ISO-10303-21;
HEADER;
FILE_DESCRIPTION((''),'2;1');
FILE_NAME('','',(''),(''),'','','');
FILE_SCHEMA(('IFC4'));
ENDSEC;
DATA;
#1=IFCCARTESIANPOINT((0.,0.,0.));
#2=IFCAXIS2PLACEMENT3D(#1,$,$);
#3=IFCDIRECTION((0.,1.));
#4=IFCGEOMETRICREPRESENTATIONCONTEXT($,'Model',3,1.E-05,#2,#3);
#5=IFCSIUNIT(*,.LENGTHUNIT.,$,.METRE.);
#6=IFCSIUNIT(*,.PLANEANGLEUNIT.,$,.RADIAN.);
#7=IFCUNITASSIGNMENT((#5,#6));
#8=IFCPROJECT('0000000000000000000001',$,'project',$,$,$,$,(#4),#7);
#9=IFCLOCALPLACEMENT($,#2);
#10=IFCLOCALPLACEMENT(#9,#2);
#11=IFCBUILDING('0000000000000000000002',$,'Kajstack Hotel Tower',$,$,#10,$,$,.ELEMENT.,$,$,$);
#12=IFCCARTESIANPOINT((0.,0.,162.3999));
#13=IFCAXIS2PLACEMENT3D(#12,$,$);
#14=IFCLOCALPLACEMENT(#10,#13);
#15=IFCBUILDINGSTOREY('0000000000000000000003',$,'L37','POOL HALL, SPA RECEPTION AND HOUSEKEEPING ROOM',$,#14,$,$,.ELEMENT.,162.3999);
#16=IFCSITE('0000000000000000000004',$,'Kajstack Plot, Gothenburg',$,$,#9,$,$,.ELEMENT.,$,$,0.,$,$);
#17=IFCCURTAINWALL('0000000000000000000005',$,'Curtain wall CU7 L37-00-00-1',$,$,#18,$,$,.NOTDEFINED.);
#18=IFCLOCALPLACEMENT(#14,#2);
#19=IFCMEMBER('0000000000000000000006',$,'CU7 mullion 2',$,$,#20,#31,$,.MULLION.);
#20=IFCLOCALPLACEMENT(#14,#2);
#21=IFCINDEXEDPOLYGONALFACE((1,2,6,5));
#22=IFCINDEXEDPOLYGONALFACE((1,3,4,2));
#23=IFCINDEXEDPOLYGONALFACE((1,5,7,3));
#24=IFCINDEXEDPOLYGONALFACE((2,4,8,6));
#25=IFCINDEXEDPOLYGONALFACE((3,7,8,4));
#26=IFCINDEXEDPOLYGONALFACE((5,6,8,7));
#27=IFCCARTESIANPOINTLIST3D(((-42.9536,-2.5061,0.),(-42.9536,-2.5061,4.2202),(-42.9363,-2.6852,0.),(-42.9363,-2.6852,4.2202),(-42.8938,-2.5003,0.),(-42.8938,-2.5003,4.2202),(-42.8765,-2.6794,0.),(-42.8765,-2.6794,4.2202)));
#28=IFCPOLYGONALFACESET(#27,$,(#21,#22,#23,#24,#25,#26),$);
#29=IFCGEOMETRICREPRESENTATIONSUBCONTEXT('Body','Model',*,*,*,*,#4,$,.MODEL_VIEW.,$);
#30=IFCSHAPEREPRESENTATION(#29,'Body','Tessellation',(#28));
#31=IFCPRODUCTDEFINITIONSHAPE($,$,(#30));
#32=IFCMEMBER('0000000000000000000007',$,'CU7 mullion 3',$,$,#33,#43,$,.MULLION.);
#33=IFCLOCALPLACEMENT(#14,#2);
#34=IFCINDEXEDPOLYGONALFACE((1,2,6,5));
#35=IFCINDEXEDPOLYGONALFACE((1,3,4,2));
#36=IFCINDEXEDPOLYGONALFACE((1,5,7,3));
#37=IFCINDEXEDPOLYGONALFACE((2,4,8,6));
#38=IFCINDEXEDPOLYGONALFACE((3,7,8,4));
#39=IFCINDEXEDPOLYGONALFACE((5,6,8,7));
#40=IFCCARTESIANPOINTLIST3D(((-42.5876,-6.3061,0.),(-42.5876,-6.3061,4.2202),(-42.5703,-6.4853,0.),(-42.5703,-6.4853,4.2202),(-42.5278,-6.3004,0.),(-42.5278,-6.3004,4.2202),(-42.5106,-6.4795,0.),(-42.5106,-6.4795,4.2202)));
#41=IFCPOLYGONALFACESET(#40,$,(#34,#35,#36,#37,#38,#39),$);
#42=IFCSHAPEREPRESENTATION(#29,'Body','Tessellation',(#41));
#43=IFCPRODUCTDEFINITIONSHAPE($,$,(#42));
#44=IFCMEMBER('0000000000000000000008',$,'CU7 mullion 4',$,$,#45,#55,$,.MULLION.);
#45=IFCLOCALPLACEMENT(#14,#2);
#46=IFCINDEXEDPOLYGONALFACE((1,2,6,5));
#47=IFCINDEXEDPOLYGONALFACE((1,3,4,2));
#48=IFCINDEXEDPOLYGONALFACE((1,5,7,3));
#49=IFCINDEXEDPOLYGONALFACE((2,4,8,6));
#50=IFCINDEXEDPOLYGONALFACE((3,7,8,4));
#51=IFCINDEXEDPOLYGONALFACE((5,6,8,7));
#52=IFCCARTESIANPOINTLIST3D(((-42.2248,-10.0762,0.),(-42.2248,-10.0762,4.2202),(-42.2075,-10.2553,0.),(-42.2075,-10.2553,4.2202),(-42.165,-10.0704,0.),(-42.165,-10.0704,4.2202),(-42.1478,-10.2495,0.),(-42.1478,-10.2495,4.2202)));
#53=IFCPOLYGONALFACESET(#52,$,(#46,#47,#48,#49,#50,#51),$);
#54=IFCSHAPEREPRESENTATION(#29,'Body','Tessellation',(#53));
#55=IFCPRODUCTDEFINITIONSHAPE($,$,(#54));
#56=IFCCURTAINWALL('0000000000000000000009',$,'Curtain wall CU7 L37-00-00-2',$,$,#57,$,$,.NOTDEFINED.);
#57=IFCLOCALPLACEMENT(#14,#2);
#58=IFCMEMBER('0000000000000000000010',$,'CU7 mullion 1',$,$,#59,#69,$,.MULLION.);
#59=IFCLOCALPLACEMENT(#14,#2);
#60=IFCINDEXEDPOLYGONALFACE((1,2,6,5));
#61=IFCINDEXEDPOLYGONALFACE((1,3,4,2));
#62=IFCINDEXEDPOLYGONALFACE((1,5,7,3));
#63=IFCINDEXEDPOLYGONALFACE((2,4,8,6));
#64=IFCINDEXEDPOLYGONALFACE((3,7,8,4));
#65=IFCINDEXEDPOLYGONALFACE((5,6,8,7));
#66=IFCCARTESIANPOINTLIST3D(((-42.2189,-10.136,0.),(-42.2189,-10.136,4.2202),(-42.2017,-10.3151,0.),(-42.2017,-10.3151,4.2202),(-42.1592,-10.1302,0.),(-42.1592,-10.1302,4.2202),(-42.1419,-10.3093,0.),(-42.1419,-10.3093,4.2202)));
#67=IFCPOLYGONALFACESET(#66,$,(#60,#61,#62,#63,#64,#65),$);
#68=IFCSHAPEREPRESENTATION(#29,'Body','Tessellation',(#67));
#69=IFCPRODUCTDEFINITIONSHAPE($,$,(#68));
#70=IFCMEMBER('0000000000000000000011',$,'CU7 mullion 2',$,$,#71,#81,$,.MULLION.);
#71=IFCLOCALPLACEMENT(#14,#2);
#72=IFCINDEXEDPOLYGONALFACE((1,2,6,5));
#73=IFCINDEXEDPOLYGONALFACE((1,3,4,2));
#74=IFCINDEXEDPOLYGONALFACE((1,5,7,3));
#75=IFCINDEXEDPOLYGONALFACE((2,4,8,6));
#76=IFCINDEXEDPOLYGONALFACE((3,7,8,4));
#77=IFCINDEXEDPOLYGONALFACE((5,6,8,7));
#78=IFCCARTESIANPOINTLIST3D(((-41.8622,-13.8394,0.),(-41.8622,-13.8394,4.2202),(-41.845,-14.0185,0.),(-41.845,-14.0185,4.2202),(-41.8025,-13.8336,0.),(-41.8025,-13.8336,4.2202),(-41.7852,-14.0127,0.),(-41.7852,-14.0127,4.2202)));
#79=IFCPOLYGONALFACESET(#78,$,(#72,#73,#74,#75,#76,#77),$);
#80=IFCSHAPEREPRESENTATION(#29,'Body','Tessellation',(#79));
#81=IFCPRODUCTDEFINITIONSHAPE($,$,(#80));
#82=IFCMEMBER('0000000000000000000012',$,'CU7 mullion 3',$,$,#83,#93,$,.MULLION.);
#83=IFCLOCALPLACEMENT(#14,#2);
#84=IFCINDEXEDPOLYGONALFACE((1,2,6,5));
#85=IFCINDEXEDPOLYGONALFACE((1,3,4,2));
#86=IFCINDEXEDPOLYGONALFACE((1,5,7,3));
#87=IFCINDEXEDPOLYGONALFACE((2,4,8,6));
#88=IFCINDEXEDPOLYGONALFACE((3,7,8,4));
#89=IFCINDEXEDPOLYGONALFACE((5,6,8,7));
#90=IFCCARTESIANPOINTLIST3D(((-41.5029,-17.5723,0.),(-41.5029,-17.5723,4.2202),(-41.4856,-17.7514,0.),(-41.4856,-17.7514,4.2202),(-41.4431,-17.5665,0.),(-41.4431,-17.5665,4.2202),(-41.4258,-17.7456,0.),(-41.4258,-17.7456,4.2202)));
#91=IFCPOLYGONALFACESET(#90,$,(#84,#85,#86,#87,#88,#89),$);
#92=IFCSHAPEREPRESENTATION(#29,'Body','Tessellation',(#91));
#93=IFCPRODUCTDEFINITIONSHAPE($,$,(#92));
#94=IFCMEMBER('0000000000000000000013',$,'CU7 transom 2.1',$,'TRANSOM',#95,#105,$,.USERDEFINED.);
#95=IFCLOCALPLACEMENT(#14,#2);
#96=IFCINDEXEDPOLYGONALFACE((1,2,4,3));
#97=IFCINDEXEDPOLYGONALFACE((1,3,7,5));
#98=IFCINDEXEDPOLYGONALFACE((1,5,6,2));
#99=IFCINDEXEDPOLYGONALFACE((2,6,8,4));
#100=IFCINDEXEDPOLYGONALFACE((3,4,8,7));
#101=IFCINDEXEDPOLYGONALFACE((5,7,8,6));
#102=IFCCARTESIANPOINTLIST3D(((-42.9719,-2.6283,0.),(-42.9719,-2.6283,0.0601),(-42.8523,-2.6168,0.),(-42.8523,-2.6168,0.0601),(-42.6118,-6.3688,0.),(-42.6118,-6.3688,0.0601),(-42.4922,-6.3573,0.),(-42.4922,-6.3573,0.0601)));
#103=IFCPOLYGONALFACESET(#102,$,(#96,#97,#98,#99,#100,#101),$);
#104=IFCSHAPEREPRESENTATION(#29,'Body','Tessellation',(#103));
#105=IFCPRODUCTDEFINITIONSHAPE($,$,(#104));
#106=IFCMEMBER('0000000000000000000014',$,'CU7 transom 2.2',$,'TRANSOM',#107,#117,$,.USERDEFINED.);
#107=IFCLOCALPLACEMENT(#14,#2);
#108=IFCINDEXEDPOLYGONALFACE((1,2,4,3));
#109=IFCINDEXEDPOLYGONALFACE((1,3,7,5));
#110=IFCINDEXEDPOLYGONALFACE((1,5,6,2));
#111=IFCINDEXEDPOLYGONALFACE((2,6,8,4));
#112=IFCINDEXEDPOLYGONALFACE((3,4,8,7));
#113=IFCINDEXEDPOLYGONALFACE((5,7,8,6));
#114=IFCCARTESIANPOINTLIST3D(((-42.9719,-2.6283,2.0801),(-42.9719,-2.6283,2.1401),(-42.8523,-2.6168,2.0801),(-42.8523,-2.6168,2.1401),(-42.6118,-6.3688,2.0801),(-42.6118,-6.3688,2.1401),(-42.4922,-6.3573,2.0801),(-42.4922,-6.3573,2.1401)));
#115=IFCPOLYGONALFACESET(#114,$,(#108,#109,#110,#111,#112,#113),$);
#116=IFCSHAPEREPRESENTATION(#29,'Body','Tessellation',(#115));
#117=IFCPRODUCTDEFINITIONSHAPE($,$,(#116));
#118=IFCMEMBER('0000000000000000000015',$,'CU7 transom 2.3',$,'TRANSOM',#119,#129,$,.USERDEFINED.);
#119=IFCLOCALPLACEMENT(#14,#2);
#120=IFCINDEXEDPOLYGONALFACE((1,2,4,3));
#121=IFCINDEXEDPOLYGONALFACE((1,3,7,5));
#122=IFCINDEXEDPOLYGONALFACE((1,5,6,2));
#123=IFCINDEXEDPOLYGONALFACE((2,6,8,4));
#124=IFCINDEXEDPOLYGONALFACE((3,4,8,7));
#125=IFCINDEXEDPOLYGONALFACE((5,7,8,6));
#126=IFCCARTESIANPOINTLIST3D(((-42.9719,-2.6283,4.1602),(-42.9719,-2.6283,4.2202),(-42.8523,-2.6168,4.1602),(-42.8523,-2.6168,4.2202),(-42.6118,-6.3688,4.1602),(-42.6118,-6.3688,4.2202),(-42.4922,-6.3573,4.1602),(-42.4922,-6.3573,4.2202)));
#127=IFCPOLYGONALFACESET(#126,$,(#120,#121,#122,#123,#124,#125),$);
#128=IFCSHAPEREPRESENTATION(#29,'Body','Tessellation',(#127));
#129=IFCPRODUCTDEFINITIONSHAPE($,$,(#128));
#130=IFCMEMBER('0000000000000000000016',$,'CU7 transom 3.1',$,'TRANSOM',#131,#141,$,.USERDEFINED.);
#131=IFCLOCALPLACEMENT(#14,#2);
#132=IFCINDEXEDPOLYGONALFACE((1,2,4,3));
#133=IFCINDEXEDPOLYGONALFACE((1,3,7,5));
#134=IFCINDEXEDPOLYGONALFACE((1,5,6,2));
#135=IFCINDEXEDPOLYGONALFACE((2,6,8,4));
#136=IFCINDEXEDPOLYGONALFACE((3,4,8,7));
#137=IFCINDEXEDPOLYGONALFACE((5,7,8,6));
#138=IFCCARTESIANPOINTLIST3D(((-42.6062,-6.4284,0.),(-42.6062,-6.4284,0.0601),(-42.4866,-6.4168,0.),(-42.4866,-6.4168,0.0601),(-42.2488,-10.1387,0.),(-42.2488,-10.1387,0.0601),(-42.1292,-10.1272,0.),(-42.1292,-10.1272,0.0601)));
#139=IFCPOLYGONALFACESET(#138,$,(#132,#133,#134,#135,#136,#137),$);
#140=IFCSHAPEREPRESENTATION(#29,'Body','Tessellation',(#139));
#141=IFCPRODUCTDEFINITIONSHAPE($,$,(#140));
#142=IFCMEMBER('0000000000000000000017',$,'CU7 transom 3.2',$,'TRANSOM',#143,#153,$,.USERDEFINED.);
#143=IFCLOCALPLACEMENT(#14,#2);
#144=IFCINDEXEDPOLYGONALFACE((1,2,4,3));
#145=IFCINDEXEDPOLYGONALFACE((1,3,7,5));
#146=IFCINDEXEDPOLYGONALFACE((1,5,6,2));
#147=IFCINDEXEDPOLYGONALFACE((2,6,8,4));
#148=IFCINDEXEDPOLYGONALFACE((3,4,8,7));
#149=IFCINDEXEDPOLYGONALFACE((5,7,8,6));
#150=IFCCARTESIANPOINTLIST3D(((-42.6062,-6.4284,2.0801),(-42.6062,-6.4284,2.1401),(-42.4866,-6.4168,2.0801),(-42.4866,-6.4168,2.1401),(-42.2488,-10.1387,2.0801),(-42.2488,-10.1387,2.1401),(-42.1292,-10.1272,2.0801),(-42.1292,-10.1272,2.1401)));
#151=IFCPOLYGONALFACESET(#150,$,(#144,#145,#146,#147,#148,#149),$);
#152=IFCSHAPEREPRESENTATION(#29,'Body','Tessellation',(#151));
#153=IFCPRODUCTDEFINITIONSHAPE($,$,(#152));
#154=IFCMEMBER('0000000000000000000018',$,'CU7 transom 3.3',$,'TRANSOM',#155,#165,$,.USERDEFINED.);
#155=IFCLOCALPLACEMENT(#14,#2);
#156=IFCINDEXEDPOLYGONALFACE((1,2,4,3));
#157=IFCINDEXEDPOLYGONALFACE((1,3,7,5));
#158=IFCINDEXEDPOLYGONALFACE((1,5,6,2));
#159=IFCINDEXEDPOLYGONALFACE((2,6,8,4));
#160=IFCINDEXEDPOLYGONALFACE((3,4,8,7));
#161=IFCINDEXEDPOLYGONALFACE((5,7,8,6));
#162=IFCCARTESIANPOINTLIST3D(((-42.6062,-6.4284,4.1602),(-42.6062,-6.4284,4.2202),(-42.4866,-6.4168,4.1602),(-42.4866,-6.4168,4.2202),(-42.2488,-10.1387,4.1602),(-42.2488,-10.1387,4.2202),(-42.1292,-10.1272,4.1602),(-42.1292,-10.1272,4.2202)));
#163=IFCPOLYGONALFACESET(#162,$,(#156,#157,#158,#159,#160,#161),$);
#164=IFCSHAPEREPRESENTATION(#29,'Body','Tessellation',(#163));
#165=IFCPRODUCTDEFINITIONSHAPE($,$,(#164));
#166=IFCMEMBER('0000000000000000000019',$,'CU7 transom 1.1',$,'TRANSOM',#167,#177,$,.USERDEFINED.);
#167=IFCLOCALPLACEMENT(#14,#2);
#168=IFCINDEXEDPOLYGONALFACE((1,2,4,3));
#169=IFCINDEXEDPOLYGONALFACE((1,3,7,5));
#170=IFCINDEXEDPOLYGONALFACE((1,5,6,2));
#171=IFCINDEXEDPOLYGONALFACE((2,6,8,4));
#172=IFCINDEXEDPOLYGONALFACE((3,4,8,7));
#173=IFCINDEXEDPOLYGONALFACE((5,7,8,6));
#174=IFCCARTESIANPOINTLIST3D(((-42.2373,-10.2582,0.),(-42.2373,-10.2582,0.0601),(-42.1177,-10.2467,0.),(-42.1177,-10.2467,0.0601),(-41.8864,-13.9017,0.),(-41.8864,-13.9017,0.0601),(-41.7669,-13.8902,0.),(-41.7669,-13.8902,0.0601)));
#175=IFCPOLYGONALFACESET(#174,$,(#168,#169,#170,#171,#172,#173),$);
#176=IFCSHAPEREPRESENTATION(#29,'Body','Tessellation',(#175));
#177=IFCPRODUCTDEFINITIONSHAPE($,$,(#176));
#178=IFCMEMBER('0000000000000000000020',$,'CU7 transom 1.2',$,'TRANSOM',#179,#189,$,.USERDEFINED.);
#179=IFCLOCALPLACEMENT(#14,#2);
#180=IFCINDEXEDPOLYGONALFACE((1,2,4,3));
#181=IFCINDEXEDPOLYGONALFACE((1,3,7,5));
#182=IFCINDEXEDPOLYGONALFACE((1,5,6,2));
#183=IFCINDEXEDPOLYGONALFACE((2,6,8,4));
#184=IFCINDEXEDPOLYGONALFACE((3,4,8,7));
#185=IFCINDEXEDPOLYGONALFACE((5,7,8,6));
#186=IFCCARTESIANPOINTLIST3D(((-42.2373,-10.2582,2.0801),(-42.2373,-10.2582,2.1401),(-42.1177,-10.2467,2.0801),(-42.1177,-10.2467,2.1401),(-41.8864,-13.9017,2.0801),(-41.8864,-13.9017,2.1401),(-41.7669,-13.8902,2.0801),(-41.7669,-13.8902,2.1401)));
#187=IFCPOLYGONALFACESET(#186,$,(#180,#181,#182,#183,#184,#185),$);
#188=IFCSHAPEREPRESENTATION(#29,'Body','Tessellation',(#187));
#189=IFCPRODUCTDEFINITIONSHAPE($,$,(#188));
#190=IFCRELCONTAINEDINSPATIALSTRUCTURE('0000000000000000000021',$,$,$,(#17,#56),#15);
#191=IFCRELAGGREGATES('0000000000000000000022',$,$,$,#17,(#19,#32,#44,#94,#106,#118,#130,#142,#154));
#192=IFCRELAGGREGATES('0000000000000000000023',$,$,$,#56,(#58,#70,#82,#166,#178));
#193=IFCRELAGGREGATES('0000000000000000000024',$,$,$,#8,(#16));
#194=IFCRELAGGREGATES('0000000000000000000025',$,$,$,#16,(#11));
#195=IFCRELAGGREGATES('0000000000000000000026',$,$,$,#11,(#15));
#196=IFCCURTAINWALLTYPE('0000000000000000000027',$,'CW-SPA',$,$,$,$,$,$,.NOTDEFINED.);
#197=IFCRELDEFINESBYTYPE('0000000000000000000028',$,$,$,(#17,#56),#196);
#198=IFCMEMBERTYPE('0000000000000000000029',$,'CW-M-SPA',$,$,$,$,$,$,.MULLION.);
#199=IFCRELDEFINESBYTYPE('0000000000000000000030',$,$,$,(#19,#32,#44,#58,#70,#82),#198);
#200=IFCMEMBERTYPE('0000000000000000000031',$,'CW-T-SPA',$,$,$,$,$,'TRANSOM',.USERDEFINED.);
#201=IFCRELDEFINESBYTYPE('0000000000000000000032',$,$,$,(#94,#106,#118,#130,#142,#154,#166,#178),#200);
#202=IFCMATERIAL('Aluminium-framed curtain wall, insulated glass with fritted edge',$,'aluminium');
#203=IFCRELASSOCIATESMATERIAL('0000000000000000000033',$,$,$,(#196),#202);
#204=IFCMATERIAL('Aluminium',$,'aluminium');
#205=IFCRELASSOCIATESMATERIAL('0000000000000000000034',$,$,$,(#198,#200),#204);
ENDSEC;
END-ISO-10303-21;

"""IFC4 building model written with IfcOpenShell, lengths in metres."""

from ifc_helpers import new_model, si_unit, direction, frame, origin, origin_2d, place, context, subcontext, project, spatial, rectangle, extrude, material, material_profile, profile_set, type_object, element, aggregate, save


model = new_model("IFC4")

# Units and contexts
model_context = context("Model", 3, precision=1e-05, world=origin(), true_north=direction((0.0, 1.0)))
body_context = subcontext(model_context, "Body", "Model", "MODEL_VIEW")
ifc_project = project(units=[si_unit("LENGTHUNIT", "METRE"), si_unit("PLANEANGLEUNIT", "RADIAN")], contexts=[model_context])

# Site, building, storey
site_placement = place(None, origin())
site = spatial("IfcSite", under=ifc_project, at=site_placement, Name="Kajstack Plot, Gothenburg", CompositionType="ELEMENT", RefElevation=0.0)
building_placement = place(site_placement, origin())
building = spatial("IfcBuilding", under=site, at=building_placement, Name="Kajstack Hotel Tower", CompositionType="ELEMENT")
storey_placement = place(building_placement, frame((0.0, 0.0, 162.3999)))
storey = spatial("IfcBuildingStorey", under=building, at=storey_placement, Name="L37", Description="POOL HALL, SPA RECEPTION AND HOUSEKEEPING ROOM", CompositionType="ELEMENT", Elevation=162.3999)

# Curtain walls, members
ifc_material_1 = material(Name="Aluminium-framed curtain wall, insulated glass with fritted edge", Category="aluminium")
curtain_wall_type = type_object("IfcCurtainWallType", Name="CW-SPA", PredefinedType="NOTDEFINED", material=ifc_material_1)
curtain_wall_1_placement = place(storey_placement, origin())
curtain_wall_1 = element("IfcCurtainWall", 1, at=curtain_wall_1_placement, inside=storey, type_object=curtain_wall_type, Name="Curtain wall CU7 L37-00-00-1", PredefinedType="NOTDEFINED")
ifc_material_2 = material(Name="Aluminium", Category="aluminium")
ifc_material_profile_1 = material_profile(ifc_material_2, rectangle(XDim=0.0601, YDim=0.1799, at=origin_2d()), Name="Aluminium mullion 60 x 180")
ifc_profile_set_1 = profile_set([ifc_material_profile_1], Name="Aluminium")
member_type_1 = type_object("IfcMemberType", Name="CW-M-SPA", PredefinedType="MULLION", material=ifc_profile_set_1)
member_1_placement = place(storey_placement, frame((-42.915, -2.5928, 0.0), z_axis=(0.0, 0.0, 1.0), x_axis=(0.995396, 0.095844, 0.0)))
member_1 = element("IfcMember", 2, at=member_1_placement, type_object=member_type_1, Name="CU7 mullion 2", PredefinedType="MULLION", context=body_context, shape_type="SweptSolid", body=[
    extrude(rectangle(XDim=0.0601, YDim=0.1799, at=origin_2d()), origin(), (0.0, 0.0, 1.0), 4.2202),
])
member_2_placement = place(storey_placement, frame((-42.5491, -6.3928, 0.0), z_axis=(0.0, 0.0, 1.0), x_axis=(0.995396, 0.095844, 0.0)))
member_2 = element("IfcMember", 3, at=member_2_placement, type_object=member_type_1, Name="CU7 mullion 3", PredefinedType="MULLION", context=body_context, shape_type="SweptSolid", body=[
    extrude(rectangle(XDim=0.0601, YDim=0.1799, at=origin_2d()), origin(), (0.0, 0.0, 1.0), 4.2202),
])
member_3_placement = place(storey_placement, frame((-42.1863, -10.1628, 0.0), z_axis=(0.0, 0.0, 1.0), x_axis=(0.995396, 0.095844, 0.0)))
member_3 = element("IfcMember", 4, at=member_3_placement, type_object=member_type_1, Name="CU7 mullion 4", PredefinedType="MULLION", context=body_context, shape_type="SweptSolid", body=[
    extrude(rectangle(XDim=0.0601, YDim=0.1799, at=origin_2d()), origin(), (0.0, 0.0, 1.0), 4.2202),
])
curtain_wall_2_placement = place(storey_placement, origin())
curtain_wall_2 = element("IfcCurtainWall", 5, at=curtain_wall_2_placement, inside=storey, type_object=curtain_wall_type, Name="Curtain wall CU7 L37-00-00-2", PredefinedType="NOTDEFINED")
member_4_placement = place(storey_placement, frame((-42.1804, -10.2227, 0.0), z_axis=(0.0, 0.0, 1.0), x_axis=(0.995396, 0.095844, 0.0)))
member_4 = element("IfcMember", 6, at=member_4_placement, type_object=member_type_1, Name="CU7 mullion 1", PredefinedType="MULLION", context=body_context, shape_type="SweptSolid", body=[
    extrude(rectangle(XDim=0.0601, YDim=0.1799, at=origin_2d()), origin(), (0.0, 0.0, 1.0), 4.2202),
])
member_5_placement = place(storey_placement, frame((-41.8237, -13.926, 0.0), z_axis=(0.0, 0.0, 1.0), x_axis=(0.995396, 0.095844, 0.0)))
member_5 = element("IfcMember", 7, at=member_5_placement, type_object=member_type_1, Name="CU7 mullion 2", PredefinedType="MULLION", context=body_context, shape_type="SweptSolid", body=[
    extrude(rectangle(XDim=0.0601, YDim=0.1799, at=origin_2d()), origin(), (0.0, 0.0, 1.0), 4.2202),
])
member_6_placement = place(storey_placement, frame((-41.4644, -17.6589, 0.0), z_axis=(0.0, 0.0, 1.0), x_axis=(0.995396, 0.095844, 0.0)))
member_6 = element("IfcMember", 8, at=member_6_placement, type_object=member_type_1, Name="CU7 mullion 3", PredefinedType="MULLION", context=body_context, shape_type="SweptSolid", body=[
    extrude(rectangle(XDim=0.0601, YDim=0.1799, at=origin_2d()), origin(), (0.0, 0.0, 1.0), 4.2202),
])

# Members
ifc_material_profile_2 = material_profile(ifc_material_2, rectangle(XDim=0.1201, YDim=0.0601, at=origin_2d()), Name="Aluminium transom 120 x 60")
ifc_profile_set_2 = profile_set([ifc_material_profile_2], Name="Aluminium")
member_type_2 = type_object("IfcMemberType", Name="CW-T-SPA", ElementType="TRANSOM", PredefinedType="USERDEFINED", material=ifc_profile_set_2)
member_7_placement = place(storey_placement, frame((-42.9121, -2.6226, 0.03), z_axis=(0.09583, -0.995398, 0.0), x_axis=(0.995398, 0.09583, 0.0)))
member_7 = element("IfcMember", 9, at=member_7_placement, type_object=member_type_2, Name="CU7 transom 2.1", ObjectType="TRANSOM", PredefinedType="USERDEFINED", context=body_context, shape_type="SweptSolid", body=[
    extrude(rectangle(XDim=0.1201, YDim=0.0601, at=origin_2d()), origin(), (0.0, 0.0, 1.0), 3.7578),
])
member_8_placement = place(storey_placement, frame((-42.9121, -2.6226, 2.1101), z_axis=(0.09583, -0.995398, 0.0), x_axis=(0.995398, 0.09583, 0.0)))
member_8 = element("IfcMember", 10, at=member_8_placement, type_object=member_type_2, Name="CU7 transom 2.2", ObjectType="TRANSOM", PredefinedType="USERDEFINED", context=body_context, shape_type="SweptSolid", body=[
    extrude(rectangle(XDim=0.1201, YDim=0.0601, at=origin_2d()), origin(), (0.0, 0.0, 1.0), 3.7578),
])
member_9_placement = place(storey_placement, frame((-42.9121, -2.6226, 4.1902), z_axis=(0.09583, -0.995398, 0.0), x_axis=(0.995398, 0.09583, 0.0)))
member_9 = element("IfcMember", 11, at=member_9_placement, type_object=member_type_2, Name="CU7 transom 2.3", ObjectType="TRANSOM", PredefinedType="USERDEFINED", context=body_context, shape_type="SweptSolid", body=[
    extrude(rectangle(XDim=0.1201, YDim=0.0601, at=origin_2d()), origin(), (0.0, 0.0, 1.0), 3.7578),
])
member_10_placement = place(storey_placement, frame((-42.5464, -6.4226, 0.03), z_axis=(0.095885, -0.995392, 0.0), x_axis=(0.995392, 0.095885, 0.0)))
member_10 = element("IfcMember", 12, at=member_10_placement, type_object=member_type_2, Name="CU7 transom 3.1", ObjectType="TRANSOM", PredefinedType="USERDEFINED", context=body_context, shape_type="SweptSolid", body=[
    extrude(rectangle(XDim=0.1201, YDim=0.0601, at=origin_2d()), origin(), (0.0, 0.0, 1.0), 3.7275),
])
member_11_placement = place(storey_placement, frame((-42.5464, -6.4226, 2.1101), z_axis=(0.095885, -0.995392, 0.0), x_axis=(0.995392, 0.095885, 0.0)))
member_11 = element("IfcMember", 13, at=member_11_placement, type_object=member_type_2, Name="CU7 transom 3.2", ObjectType="TRANSOM", PredefinedType="USERDEFINED", context=body_context, shape_type="SweptSolid", body=[
    extrude(rectangle(XDim=0.1201, YDim=0.0601, at=origin_2d()), origin(), (0.0, 0.0, 1.0), 3.7275),
])
member_12_placement = place(storey_placement, frame((-42.5464, -6.4226, 4.1902), z_axis=(0.095885, -0.995392, 0.0), x_axis=(0.995392, 0.095885, 0.0)))
member_12 = element("IfcMember", 14, at=member_12_placement, type_object=member_type_2, Name="CU7 transom 3.3", ObjectType="TRANSOM", PredefinedType="USERDEFINED", context=body_context, shape_type="SweptSolid", body=[
    extrude(rectangle(XDim=0.1201, YDim=0.0601, at=origin_2d()), origin(), (0.0, 0.0, 1.0), 3.7275),
])
member_13_placement = place(storey_placement, frame((-42.1775, -10.2524, 0.03), z_axis=(0.095845, -0.995396, 0.0), x_axis=(0.995396, 0.095845, 0.0)))
member_13 = element("IfcMember", 15, at=member_13_placement, type_object=member_type_2, Name="CU7 transom 1.1", ObjectType="TRANSOM", PredefinedType="USERDEFINED", context=body_context, shape_type="SweptSolid", body=[
    extrude(rectangle(XDim=0.1201, YDim=0.0601, at=origin_2d()), origin(), (0.0, 0.0, 1.0), 3.6604),
])
member_14_placement = place(storey_placement, frame((-42.1775, -10.2524, 2.1101), z_axis=(0.095845, -0.995396, 0.0), x_axis=(0.995396, 0.095845, 0.0)))
member_14 = element("IfcMember", 16, at=member_14_placement, type_object=member_type_2, Name="CU7 transom 1.2", ObjectType="TRANSOM", PredefinedType="USERDEFINED", context=body_context, shape_type="SweptSolid", body=[
    extrude(rectangle(XDim=0.1201, YDim=0.0601, at=origin_2d()), origin(), (0.0, 0.0, 1.0), 3.6604),
])

aggregate(curtain_wall_1, [member_1, member_2, member_3, member_7, member_8, member_9, member_10, member_11, member_12])
aggregate(curtain_wall_2, [member_4, member_5, member_6, member_13, member_14])

save(model, "model.ifc")
